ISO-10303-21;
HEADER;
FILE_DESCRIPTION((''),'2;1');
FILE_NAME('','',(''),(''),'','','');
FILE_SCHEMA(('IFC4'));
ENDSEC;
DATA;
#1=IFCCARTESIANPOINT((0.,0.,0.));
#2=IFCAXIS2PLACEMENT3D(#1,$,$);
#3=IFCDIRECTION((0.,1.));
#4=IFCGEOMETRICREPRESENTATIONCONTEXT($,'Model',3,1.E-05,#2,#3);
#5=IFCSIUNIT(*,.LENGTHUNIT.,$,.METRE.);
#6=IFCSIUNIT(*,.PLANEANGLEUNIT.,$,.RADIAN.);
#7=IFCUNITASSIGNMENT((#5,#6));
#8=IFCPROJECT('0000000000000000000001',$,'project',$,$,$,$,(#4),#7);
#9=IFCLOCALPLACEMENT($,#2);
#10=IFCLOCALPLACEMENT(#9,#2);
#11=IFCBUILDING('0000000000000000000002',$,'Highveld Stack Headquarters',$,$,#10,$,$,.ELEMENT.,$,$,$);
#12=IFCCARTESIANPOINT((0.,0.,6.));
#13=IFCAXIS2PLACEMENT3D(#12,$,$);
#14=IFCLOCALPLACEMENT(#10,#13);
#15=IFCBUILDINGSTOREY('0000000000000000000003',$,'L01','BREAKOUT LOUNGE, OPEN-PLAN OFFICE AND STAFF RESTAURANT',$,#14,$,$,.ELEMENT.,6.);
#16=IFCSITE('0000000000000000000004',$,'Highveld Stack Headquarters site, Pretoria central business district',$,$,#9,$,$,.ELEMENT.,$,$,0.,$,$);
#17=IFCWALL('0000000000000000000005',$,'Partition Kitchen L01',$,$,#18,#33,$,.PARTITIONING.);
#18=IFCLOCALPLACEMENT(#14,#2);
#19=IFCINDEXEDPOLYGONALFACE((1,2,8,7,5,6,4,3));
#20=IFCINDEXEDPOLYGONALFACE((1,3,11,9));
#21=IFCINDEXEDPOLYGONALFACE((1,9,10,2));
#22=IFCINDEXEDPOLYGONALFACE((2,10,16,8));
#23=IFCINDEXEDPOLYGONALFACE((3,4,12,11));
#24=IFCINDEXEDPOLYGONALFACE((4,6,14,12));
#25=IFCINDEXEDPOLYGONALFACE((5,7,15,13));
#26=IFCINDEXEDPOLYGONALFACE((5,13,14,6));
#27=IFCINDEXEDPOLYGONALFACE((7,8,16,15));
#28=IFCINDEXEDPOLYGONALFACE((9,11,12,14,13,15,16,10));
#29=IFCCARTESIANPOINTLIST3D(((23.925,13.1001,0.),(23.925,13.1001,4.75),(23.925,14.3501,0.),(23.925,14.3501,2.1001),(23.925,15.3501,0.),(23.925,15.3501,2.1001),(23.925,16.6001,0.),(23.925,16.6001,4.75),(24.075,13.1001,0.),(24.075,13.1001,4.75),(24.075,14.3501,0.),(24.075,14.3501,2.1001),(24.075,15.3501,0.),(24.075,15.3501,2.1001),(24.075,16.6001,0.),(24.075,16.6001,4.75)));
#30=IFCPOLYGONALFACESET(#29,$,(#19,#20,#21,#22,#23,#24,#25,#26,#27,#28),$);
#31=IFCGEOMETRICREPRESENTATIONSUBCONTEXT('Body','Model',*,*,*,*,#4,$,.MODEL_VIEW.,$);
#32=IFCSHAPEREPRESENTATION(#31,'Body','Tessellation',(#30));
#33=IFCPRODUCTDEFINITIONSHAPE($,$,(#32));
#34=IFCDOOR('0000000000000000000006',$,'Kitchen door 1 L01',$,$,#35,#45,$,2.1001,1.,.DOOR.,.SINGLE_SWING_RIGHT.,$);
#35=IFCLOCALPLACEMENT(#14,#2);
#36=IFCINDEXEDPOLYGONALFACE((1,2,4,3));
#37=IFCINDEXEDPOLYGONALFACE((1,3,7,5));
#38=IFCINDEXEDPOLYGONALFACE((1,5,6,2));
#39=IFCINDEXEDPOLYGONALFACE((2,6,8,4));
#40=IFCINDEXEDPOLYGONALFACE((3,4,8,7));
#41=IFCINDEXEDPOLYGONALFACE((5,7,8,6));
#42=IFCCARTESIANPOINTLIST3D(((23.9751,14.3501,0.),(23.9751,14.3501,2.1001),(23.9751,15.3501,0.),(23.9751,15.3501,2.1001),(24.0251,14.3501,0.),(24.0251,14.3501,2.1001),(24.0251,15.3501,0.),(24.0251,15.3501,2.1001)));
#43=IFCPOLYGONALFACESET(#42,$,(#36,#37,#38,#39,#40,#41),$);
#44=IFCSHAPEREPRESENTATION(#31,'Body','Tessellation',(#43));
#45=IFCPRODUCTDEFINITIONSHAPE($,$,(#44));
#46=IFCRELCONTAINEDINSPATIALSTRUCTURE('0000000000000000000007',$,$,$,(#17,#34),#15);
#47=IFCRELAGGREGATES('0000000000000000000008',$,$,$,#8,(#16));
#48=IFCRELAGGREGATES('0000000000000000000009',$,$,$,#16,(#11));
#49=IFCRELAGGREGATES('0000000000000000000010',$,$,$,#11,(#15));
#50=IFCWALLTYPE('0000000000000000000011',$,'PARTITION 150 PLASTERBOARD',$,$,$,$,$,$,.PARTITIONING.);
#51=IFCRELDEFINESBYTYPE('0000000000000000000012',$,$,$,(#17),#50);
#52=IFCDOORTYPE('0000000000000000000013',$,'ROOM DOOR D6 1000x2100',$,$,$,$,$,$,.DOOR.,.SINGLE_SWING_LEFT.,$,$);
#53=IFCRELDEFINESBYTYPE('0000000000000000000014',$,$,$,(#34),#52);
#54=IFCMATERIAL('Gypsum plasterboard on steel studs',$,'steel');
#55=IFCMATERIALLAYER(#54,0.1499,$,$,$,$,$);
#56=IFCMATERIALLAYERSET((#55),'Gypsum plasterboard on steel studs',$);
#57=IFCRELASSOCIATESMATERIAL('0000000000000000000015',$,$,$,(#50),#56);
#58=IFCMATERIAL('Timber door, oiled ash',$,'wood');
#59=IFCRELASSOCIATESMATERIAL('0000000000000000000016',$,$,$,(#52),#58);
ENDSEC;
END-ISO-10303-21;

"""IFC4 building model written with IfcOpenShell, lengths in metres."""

from ifc_helpers import new_model, si_unit, direction, frame, frame_2d, origin, place, context, subcontext, project, spatial, rectangle, extrude, material, layer, layer_set, type_object, element, fill, save


model = new_model("IFC4")

# Units and contexts
model_context = context("Model", 3, precision=1e-05, world=origin(), true_north=direction((0.0, 1.0)))
body_context = subcontext(model_context, "Body", "Model", "MODEL_VIEW")
ifc_project = project(units=[si_unit("LENGTHUNIT", "METRE"), si_unit("PLANEANGLEUNIT", "RADIAN")], contexts=[model_context])

# Site, building, storey
site_placement = place(None, origin())
site = spatial("IfcSite", under=ifc_project, at=site_placement, Name="Highveld Stack Headquarters site, Pretoria central business district", CompositionType="ELEMENT", RefElevation=0.0)
building_placement = place(site_placement, origin())
building = spatial("IfcBuilding", under=site, at=building_placement, Name="Highveld Stack Headquarters", CompositionType="ELEMENT")
storey_placement = place(building_placement, frame((0.0, 0.0, 6.0)))
storey = spatial("IfcBuildingStorey", under=building, at=storey_placement, Name="L01", Description="BREAKOUT LOUNGE, OPEN-PLAN OFFICE AND STAFF RESTAURANT", CompositionType="ELEMENT", Elevation=6.0)

# Shared definitions
ifc_material_1 = material(Name="Gypsum plasterboard on steel studs", Category="steel")
ifc_layer_1 = layer(ifc_material_1, 0.1499)
ifc_layer_set_1 = layer_set([ifc_layer_1], Name="Gypsum plasterboard on steel studs")
wall_type = type_object("IfcWallType", Name="PARTITION 150 PLASTERBOARD", PredefinedType="PARTITIONING", material=ifc_layer_set_1)

# Wall, opening, door
wall_1_placement = place(storey_placement, frame((24.0, 13.1001, 0.0), z_axis=(0.0, 0.0, 1.0), x_axis=(0.0, 1.0, 0.0)))
wall_1 = element("IfcWall", 1, at=wall_1_placement, inside=storey, type_object=wall_type, Name="Partition Kitchen L01", PredefinedType="PARTITIONING", context=body_context, shape_type="SweptSolid", body=[
    extrude(rectangle(XDim=3.5, YDim=0.1499, at=frame_2d((1.75, 0.0))), origin(), (0.0, 0.0, 1.0), 4.75),
])
opening_1_placement = place(wall_1_placement, frame((1.25, 0.0, 0.0)))
opening_1 = element("IfcOpeningElement", 2, at=opening_1_placement, cuts=wall_1, PredefinedType="OPENING", context=body_context, shape_type="SweptSolid", body=[
    extrude(rectangle(XDim=1.0, YDim=2.1001, at=frame_2d((0.5, 1.05))), frame((0.0, 0.085, 0.0), z_axis=(0.0, -1.0, 0.0), x_axis=(1.0, 0.0, 0.0)), (0.0, 0.0, 1.0), 0.1699),
])
ifc_material_2 = material(Name="Timber door, oiled ash", Category="wood")
door_type_1 = type_object("IfcDoorType", Name="ROOM DOOR D6 1000x2100", OperationType="SINGLE_SWING_LEFT", PredefinedType="DOOR", material=ifc_material_2)
door_1_placement = place(opening_1_placement, origin())
door_1 = element("IfcDoor", 3, at=door_1_placement, inside=storey, type_object=door_type_1, Name="Kitchen door 1 L01", OperationType="SINGLE_SWING_RIGHT", OverallHeight=2.1001, OverallWidth=1.0, PredefinedType="DOOR", context=body_context, shape_type="SweptSolid", body=[
    extrude(rectangle(XDim=1.0, YDim=2.1001, at=frame_2d((0.5, 1.05))), frame((0.0, 0.0249, 0.0), z_axis=(0.0, -1.0, 0.0), x_axis=(1.0, 0.0, 0.0)), (0.0, 0.0, 1.0), 0.05),
])
fill(opening_1, door_1)

save(model, "model.ifc")
